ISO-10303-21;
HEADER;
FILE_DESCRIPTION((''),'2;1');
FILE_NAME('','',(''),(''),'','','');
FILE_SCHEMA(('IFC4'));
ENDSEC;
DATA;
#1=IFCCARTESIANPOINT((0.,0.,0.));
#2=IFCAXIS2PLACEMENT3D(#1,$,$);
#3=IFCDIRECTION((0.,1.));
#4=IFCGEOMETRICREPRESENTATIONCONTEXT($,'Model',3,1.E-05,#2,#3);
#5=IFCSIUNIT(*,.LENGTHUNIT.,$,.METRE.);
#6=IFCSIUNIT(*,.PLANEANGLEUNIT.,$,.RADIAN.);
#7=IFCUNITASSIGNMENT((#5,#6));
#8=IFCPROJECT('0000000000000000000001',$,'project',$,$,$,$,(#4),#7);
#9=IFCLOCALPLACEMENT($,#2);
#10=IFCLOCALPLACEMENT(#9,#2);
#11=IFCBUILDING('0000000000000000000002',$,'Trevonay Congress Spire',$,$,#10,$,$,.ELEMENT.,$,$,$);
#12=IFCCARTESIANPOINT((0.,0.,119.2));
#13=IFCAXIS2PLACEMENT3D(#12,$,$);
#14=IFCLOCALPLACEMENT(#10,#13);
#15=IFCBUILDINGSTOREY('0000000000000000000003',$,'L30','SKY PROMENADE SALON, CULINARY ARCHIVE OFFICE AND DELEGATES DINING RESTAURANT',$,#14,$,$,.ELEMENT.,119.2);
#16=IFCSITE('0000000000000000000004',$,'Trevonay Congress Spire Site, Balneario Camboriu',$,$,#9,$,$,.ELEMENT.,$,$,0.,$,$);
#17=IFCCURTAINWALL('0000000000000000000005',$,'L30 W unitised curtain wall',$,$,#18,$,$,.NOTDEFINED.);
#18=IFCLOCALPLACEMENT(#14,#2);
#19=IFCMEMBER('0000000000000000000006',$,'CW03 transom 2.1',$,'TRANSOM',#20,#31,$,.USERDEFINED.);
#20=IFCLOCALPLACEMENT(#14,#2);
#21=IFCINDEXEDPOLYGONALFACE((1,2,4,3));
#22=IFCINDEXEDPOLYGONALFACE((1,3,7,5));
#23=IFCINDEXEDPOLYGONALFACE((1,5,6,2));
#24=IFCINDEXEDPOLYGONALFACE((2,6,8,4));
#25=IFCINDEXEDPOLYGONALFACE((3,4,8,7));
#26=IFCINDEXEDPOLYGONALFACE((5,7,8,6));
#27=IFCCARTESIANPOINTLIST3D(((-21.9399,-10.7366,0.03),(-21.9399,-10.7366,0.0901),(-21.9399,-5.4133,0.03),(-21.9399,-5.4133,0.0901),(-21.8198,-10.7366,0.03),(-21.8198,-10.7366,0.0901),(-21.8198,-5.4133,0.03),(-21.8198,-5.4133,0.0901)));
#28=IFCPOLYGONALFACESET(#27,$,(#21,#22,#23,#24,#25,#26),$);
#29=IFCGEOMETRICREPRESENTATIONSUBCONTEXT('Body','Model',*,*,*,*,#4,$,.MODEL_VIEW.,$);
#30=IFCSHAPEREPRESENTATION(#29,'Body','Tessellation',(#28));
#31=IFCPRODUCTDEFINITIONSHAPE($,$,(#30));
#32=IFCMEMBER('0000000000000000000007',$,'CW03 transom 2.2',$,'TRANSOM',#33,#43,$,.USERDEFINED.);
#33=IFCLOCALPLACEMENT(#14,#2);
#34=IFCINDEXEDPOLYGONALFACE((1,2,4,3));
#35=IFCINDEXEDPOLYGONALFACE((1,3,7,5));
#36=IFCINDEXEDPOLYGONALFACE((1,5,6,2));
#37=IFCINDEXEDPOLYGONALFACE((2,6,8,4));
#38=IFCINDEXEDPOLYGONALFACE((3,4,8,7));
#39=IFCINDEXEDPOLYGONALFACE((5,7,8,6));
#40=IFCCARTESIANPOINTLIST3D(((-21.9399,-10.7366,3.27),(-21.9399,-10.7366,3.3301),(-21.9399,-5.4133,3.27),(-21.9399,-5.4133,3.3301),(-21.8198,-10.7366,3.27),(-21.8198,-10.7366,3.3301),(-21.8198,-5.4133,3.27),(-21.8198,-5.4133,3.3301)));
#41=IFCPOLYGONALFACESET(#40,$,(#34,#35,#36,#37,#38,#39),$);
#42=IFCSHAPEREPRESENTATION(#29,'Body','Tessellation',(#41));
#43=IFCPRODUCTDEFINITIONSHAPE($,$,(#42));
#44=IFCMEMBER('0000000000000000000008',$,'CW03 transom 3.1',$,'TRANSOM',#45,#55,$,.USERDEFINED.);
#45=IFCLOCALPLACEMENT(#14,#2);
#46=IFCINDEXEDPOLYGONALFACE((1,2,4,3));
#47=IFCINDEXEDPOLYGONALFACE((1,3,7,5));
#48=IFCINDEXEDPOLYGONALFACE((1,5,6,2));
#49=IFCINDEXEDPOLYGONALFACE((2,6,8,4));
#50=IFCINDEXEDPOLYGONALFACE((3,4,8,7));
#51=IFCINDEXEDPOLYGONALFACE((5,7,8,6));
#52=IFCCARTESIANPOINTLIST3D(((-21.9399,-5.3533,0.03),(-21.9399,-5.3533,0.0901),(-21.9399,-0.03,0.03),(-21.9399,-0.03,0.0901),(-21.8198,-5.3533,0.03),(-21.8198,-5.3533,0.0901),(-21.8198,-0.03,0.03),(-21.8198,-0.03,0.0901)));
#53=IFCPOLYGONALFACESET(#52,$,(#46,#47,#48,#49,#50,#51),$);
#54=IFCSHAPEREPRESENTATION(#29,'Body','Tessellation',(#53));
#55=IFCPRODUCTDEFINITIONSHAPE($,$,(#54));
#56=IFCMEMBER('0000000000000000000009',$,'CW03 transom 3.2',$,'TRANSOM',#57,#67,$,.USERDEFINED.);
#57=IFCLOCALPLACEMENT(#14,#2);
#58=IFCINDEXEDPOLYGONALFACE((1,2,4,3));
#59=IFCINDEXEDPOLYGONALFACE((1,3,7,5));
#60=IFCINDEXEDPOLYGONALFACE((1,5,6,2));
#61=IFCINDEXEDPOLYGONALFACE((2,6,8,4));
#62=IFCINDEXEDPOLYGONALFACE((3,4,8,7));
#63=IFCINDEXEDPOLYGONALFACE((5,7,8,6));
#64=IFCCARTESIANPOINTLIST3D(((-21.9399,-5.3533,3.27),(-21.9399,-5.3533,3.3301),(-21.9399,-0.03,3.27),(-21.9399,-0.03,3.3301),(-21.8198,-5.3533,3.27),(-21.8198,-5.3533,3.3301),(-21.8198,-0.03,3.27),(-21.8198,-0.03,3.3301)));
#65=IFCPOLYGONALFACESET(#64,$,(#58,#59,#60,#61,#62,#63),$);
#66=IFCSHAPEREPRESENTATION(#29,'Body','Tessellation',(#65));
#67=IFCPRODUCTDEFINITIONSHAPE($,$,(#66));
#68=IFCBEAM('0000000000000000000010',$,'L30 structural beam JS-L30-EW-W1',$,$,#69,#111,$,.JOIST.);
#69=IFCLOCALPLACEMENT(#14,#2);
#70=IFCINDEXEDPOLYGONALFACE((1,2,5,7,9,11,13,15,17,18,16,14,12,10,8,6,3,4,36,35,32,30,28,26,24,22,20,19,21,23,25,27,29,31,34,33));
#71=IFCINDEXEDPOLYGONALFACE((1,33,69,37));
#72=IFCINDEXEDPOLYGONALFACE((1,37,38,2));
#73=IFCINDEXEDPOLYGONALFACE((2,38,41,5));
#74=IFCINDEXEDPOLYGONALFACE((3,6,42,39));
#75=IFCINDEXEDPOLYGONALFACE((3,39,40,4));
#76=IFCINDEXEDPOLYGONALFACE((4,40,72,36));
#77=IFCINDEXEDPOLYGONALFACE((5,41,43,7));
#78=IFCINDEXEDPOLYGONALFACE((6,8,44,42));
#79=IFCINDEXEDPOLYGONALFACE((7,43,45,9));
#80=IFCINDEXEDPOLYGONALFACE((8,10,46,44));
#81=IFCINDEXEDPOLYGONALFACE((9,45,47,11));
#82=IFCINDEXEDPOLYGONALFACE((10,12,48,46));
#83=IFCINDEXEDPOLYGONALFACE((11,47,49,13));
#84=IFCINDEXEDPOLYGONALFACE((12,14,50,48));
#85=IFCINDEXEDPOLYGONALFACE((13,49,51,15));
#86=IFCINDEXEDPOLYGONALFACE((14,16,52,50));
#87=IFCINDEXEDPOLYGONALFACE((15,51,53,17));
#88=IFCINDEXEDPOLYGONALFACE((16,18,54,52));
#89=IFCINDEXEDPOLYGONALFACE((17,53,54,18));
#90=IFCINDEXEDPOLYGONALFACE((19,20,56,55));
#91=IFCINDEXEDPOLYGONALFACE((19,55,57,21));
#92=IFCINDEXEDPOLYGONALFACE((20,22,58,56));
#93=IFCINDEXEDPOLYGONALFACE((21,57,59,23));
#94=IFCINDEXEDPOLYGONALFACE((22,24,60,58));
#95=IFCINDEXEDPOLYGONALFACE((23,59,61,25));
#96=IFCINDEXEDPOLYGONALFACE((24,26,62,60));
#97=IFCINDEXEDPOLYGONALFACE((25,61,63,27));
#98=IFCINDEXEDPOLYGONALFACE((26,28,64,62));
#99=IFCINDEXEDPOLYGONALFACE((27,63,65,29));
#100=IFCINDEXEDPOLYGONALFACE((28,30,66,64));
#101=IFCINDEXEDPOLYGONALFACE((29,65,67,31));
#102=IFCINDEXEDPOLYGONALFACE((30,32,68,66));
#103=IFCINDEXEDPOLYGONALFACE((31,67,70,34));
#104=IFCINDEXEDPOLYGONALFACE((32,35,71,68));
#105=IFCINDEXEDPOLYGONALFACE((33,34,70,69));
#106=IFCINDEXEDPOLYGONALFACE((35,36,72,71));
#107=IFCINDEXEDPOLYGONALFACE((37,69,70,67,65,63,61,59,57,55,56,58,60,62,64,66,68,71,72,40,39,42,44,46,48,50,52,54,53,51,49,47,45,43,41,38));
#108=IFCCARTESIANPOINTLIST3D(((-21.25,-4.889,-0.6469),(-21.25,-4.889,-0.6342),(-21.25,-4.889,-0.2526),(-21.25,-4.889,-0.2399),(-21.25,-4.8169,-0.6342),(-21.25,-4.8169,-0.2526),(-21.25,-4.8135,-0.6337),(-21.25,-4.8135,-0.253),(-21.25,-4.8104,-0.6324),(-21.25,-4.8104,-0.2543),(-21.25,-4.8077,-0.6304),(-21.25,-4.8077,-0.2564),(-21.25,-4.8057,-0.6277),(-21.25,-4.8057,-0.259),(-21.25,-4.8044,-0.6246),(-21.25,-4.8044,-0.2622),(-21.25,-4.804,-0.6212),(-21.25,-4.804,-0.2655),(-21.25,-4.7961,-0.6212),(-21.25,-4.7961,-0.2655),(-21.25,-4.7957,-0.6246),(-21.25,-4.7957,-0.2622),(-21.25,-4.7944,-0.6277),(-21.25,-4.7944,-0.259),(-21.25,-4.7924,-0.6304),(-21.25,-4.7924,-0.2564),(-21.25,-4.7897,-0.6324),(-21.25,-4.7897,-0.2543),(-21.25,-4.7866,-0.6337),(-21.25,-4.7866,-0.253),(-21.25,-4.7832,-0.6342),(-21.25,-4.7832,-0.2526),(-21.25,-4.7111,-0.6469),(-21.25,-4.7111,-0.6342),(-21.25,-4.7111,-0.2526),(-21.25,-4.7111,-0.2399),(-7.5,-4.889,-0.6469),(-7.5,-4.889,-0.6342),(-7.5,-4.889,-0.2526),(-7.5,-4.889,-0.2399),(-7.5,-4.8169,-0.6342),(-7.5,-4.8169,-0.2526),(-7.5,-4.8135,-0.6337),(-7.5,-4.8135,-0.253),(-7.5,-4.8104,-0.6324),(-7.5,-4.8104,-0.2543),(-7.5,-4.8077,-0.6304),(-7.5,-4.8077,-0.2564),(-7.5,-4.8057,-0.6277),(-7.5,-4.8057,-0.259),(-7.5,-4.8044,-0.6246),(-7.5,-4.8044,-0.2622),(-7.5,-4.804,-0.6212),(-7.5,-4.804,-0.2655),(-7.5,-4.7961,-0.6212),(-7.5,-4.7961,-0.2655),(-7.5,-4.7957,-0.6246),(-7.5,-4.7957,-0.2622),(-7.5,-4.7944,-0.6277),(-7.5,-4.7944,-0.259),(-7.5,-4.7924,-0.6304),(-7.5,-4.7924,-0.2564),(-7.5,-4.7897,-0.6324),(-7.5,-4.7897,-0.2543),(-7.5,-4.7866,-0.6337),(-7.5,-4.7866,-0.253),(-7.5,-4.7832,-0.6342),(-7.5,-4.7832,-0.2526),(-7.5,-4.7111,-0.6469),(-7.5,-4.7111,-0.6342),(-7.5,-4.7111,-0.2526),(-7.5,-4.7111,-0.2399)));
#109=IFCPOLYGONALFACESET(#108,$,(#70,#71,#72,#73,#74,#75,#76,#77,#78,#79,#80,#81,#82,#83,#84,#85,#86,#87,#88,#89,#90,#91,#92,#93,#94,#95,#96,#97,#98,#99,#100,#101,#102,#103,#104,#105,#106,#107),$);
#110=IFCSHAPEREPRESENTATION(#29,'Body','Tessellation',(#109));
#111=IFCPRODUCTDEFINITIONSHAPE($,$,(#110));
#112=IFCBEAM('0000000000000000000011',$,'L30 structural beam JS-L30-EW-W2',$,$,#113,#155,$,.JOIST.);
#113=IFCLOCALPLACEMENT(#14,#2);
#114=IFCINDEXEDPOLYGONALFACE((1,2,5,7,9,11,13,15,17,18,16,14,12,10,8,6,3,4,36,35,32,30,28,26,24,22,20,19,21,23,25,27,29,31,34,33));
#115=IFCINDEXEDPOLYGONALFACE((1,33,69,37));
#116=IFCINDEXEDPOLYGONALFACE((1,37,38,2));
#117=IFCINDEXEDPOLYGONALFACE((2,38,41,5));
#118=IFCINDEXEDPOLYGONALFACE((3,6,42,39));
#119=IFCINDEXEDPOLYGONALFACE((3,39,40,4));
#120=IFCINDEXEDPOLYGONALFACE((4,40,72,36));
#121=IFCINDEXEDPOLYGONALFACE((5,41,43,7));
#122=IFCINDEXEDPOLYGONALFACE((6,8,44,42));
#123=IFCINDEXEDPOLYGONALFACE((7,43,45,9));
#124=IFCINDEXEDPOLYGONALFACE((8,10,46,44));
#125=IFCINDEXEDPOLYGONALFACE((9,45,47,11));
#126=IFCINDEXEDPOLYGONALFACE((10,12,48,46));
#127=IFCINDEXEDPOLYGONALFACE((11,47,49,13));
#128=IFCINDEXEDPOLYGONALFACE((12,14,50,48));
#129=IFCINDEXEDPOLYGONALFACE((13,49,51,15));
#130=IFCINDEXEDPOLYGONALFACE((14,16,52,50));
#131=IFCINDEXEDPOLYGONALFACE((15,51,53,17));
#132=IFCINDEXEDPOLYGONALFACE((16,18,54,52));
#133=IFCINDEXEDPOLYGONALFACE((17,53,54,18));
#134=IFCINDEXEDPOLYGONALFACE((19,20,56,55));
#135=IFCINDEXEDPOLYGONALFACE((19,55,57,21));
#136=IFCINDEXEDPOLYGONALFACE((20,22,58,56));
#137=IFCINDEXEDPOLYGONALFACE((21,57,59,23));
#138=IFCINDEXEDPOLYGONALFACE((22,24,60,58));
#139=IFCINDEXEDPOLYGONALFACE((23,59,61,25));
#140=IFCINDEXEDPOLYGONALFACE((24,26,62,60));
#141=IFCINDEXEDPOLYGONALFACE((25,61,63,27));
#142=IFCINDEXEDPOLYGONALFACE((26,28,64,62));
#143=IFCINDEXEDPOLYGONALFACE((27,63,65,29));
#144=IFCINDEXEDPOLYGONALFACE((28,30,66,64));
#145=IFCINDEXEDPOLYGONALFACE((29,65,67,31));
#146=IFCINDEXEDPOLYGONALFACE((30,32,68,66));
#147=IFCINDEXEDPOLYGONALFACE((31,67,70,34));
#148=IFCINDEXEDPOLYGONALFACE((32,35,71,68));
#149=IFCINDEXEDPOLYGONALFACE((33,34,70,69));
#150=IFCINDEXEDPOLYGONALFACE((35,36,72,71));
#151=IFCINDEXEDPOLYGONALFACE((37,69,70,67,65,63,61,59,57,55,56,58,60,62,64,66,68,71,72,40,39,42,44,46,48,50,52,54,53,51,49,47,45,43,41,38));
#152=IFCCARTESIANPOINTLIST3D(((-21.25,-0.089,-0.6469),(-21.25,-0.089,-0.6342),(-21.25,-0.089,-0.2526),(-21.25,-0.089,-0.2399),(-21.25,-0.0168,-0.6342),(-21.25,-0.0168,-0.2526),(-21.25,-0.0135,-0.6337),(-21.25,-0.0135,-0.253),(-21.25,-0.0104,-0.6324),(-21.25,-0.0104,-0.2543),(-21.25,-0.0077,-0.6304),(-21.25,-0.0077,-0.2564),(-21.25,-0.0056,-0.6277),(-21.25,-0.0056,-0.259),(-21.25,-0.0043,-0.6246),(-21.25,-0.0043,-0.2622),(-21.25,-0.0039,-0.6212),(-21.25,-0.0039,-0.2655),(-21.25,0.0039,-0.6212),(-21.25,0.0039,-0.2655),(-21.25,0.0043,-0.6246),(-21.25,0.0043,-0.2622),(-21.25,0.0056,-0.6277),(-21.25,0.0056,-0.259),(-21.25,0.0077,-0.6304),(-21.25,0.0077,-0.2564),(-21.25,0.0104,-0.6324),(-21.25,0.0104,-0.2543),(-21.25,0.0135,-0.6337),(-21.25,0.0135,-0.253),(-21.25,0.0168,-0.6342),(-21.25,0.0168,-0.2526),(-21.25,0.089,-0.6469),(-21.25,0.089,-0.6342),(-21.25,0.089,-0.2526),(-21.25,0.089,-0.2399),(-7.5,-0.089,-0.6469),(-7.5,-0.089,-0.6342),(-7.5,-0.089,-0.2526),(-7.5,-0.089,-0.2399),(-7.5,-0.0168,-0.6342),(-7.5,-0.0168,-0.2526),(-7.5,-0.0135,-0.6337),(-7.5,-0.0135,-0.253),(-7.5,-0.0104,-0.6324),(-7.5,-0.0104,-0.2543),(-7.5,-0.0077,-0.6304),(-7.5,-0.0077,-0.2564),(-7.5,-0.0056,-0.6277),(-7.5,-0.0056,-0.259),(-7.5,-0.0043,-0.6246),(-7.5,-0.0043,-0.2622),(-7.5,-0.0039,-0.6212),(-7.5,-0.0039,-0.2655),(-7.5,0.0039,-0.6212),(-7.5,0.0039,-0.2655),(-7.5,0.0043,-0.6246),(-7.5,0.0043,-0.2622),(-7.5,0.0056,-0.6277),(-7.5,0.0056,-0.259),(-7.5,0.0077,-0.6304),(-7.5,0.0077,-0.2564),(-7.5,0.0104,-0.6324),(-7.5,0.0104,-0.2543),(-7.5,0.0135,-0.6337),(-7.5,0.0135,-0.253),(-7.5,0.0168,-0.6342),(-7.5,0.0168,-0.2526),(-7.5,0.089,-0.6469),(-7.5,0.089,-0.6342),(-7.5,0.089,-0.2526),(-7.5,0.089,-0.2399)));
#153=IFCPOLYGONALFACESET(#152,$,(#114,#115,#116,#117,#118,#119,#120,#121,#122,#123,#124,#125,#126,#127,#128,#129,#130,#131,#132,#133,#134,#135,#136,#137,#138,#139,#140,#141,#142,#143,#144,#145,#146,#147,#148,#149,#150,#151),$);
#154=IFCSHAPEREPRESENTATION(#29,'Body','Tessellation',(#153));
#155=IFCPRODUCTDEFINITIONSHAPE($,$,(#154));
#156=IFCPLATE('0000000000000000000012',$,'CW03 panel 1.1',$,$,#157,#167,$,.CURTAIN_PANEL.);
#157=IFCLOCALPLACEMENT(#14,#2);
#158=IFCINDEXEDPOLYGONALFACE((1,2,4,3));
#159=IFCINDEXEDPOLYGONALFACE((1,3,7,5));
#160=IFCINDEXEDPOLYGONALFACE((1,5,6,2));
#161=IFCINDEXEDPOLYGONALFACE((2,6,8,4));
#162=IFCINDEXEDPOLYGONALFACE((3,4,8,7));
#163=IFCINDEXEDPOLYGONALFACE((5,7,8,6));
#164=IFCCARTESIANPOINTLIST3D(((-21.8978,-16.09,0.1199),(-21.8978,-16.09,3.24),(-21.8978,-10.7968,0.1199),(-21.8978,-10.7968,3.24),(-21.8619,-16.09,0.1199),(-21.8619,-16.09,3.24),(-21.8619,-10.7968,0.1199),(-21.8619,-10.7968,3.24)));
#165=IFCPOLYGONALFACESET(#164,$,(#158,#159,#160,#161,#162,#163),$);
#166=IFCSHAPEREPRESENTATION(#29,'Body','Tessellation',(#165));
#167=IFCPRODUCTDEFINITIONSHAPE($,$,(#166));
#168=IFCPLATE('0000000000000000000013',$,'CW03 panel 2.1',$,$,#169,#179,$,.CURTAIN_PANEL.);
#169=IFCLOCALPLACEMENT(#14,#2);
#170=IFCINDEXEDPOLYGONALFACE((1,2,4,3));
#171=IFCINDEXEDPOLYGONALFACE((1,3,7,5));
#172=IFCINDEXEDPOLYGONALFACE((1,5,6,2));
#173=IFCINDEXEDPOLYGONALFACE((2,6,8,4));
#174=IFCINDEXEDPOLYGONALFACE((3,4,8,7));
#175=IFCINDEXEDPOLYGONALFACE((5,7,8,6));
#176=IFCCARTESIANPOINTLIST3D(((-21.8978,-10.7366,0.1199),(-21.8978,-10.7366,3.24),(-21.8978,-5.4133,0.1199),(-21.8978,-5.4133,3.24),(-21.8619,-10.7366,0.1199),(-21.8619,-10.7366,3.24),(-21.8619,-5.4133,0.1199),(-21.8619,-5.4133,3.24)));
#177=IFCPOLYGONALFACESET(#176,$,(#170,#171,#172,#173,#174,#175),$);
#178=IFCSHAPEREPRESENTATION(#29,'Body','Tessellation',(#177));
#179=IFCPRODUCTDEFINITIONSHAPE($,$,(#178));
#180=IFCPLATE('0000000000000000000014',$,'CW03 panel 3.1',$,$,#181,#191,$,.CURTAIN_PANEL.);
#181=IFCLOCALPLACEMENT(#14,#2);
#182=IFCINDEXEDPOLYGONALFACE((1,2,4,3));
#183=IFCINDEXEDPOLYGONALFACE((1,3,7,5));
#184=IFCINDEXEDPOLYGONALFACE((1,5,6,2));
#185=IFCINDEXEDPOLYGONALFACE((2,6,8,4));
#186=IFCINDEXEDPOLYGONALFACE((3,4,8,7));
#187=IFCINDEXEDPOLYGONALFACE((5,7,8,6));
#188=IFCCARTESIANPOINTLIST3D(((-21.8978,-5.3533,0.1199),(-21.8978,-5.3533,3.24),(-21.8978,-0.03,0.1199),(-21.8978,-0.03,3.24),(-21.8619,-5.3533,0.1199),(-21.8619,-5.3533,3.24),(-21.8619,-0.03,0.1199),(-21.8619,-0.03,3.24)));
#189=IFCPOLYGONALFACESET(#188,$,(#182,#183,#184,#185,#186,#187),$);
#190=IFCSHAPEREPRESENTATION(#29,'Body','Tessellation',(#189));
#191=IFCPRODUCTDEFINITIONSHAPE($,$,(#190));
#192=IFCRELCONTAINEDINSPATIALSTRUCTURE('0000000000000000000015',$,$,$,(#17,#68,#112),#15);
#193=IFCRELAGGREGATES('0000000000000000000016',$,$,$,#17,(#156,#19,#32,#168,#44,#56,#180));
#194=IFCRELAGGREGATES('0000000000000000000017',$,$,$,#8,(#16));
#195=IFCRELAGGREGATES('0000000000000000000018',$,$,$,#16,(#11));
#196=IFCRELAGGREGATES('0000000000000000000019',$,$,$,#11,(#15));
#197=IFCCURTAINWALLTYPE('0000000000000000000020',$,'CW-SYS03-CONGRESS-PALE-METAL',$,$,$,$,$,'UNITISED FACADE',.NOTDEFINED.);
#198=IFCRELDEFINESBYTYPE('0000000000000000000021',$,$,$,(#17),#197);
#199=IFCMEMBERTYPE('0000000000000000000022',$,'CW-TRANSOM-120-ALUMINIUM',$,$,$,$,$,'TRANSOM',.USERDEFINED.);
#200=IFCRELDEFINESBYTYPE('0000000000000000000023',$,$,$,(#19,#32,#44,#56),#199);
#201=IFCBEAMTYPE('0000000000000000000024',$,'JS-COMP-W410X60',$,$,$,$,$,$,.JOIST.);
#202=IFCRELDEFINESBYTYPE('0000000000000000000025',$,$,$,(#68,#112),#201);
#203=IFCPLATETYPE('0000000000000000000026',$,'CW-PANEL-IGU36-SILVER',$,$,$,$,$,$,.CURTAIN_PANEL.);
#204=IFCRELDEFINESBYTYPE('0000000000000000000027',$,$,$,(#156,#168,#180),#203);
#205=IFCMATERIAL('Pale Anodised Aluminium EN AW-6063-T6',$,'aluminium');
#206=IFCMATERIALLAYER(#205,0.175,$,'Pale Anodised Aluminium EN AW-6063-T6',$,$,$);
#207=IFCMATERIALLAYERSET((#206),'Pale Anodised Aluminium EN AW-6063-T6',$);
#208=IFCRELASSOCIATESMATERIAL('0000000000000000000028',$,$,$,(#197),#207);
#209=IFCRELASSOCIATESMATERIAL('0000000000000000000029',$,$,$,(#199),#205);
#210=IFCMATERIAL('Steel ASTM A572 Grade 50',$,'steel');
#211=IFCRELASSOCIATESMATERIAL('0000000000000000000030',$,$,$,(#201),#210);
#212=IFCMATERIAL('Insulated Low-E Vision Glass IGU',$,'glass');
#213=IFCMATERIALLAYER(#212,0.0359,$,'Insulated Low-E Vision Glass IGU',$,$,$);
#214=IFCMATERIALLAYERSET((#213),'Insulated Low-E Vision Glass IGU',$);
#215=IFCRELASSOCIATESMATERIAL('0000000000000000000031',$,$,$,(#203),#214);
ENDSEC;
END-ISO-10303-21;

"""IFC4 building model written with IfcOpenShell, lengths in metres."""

from ifc_helpers import new_model, si_unit, direction, frame, origin, origin_2d, place, context, subcontext, project, spatial, rectangle, i_section, extrude, material, layer, layer_set, material_profile, profile_set, type_object, element, aggregate, save


model = new_model("IFC4")

# Units and contexts
model_context = context("Model", 3, precision=1e-05, world=origin(), true_north=direction((0.0, 1.0)))
body_context = subcontext(model_context, "Body", "Model", "MODEL_VIEW")
ifc_project = project(units=[si_unit("LENGTHUNIT", "METRE"), si_unit("PLANEANGLEUNIT", "RADIAN")], contexts=[model_context])

# Site, building, storey
site_placement = place(None, origin())
site = spatial("IfcSite", under=ifc_project, at=site_placement, Name="Trevonay Congress Spire Site, Balneario Camboriu", CompositionType="ELEMENT", RefElevation=0.0)
building_placement = place(site_placement, origin())
building = spatial("IfcBuilding", under=site, at=building_placement, Name="Trevonay Congress Spire", CompositionType="ELEMENT")
storey_placement = place(building_placement, frame((0.0, 0.0, 119.2)))
storey = spatial("IfcBuildingStorey", under=building, at=storey_placement, Name="L30", Description="SKY PROMENADE SALON, CULINARY ARCHIVE OFFICE AND DELEGATES DINING RESTAURANT", CompositionType="ELEMENT", Elevation=119.2)

# Shared definitions
ifc_material_1 = material(Name="Steel ASTM A572 Grade 50", Category="steel")

# Curtain wall, members
ifc_material_2 = material(Name="Pale Anodised Aluminium EN AW-6063-T6", Category="aluminium")
ifc_layer_1 = layer(ifc_material_2, 0.175, Name="Pale Anodised Aluminium EN AW-6063-T6")
ifc_layer_set_1 = layer_set([ifc_layer_1], Name="Pale Anodised Aluminium EN AW-6063-T6")
curtain_wall_type = type_object("IfcCurtainWallType", Name="CW-SYS03-CONGRESS-PALE-METAL", ElementType="UNITISED FACADE", PredefinedType="NOTDEFINED", material=ifc_layer_set_1)
curtain_wall_placement = place(storey_placement, origin())
curtain_wall = element("IfcCurtainWall", 1, at=curtain_wall_placement, inside=storey, type_object=curtain_wall_type, Name="L30 W unitised curtain wall", PredefinedType="NOTDEFINED")
ifc_material_profile_1 = material_profile(ifc_material_2, rectangle(XDim=0.1201, YDim=0.0601, at=origin_2d()), Name="CW-TRANSOM-120-ALUMINIUM")
ifc_profile_set_1 = profile_set([ifc_material_profile_1], Name="Pale Anodised Aluminium EN AW-6063-T6")
member_type_1 = type_object("IfcMemberType", Name="CW-TRANSOM-120-ALUMINIUM", ElementType="TRANSOM", PredefinedType="USERDEFINED", material=ifc_profile_set_1)
member_1_placement = place(storey_placement, frame((-21.8799, -10.7366, 0.0601), z_axis=(0.0, 1.0, 0.0), x_axis=(-1.0, 0.0, 0.0)))
member_1 = element("IfcMember", 2, at=member_1_placement, type_object=member_type_1, Name="CW03 transom 2.1", ObjectType="TRANSOM", PredefinedType="USERDEFINED", context=body_context, shape_type="SweptSolid", body=[
    extrude(rectangle(XDim=0.1201, YDim=0.0601, at=origin_2d()), origin(), (0.0, 0.0, 1.0), 5.3232),
])
member_2_placement = place(storey_placement, frame((-21.8799, -10.7366, 3.3), z_axis=(0.0, 1.0, 0.0), x_axis=(-1.0, 0.0, 0.0)))
member_2 = element("IfcMember", 3, at=member_2_placement, type_object=member_type_1, Name="CW03 transom 2.2", ObjectType="TRANSOM", PredefinedType="USERDEFINED", context=body_context, shape_type="SweptSolid", body=[
    extrude(rectangle(XDim=0.1201, YDim=0.0601, at=origin_2d()), origin(), (0.0, 0.0, 1.0), 5.3232),
])
member_3_placement = place(storey_placement, frame((-21.8799, -5.3533, 0.0601), z_axis=(0.0, 1.0, 0.0), x_axis=(-1.0, 0.0, 0.0)))
member_3 = element("IfcMember", 4, at=member_3_placement, type_object=member_type_1, Name="CW03 transom 3.1", ObjectType="TRANSOM", PredefinedType="USERDEFINED", context=body_context, shape_type="SweptSolid", body=[
    extrude(rectangle(XDim=0.1201, YDim=0.0601, at=origin_2d()), origin(), (0.0, 0.0, 1.0), 5.3232),
])
member_4_placement = place(storey_placement, frame((-21.8799, -5.3533, 3.3), z_axis=(0.0, 1.0, 0.0), x_axis=(-1.0, 0.0, 0.0)))
member_4 = element("IfcMember", 5, at=member_4_placement, type_object=member_type_1, Name="CW03 transom 3.2", ObjectType="TRANSOM", PredefinedType="USERDEFINED", context=body_context, shape_type="SweptSolid", body=[
    extrude(rectangle(XDim=0.1201, YDim=0.0601, at=origin_2d()), origin(), (0.0, 0.0, 1.0), 5.3232),
])

# Beams
ifc_material_profile_2 = material_profile(ifc_material_1, i_section(OverallWidth=0.178, OverallDepth=0.407, WebThickness=0.0078, FlangeThickness=0.0127, FilletRadius=0.0129, at=origin_2d()), Name="W410x60")
ifc_profile_set_2 = profile_set([ifc_material_profile_2], Name="Steel ASTM A572 Grade 50")
beam_type_1 = type_object("IfcBeamType", Name="JS-COMP-W410X60", PredefinedType="JOIST", material=ifc_profile_set_2)
for number, where, z_axis, x_axis, name in (
    (6, (-21.25, -4.8, -0.4434), (1.0, 0.0, 0.0), (0.0, 1.0, 0.0), "L30 structural beam JS-L30-EW-W1"),
    (7, (-21.25, 0.0, -0.4434), (1.0, 0.0, 0.0), (0.0, 1.0, 0.0), "L30 structural beam JS-L30-EW-W2"),
):
    element("IfcBeam", number, at=place(storey_placement, frame(where, z_axis=z_axis, x_axis=x_axis)), inside=storey, type_object=beam_type_1, Name=name, PredefinedType="JOIST", context=body_context, shape_type="SweptSolid", body=[
        extrude(i_section(OverallWidth=0.178, OverallDepth=0.407, WebThickness=0.0078, FlangeThickness=0.0127, FilletRadius=0.0129, at=origin_2d()), origin(), (0.0, 0.0, 1.0), 13.75),
    ])

# Plates
ifc_material_3 = material(Name="Insulated Low-E Vision Glass IGU", Category="glass")
ifc_layer_2 = layer(ifc_material_3, 0.0359, Name="Insulated Low-E Vision Glass IGU")
ifc_layer_set_2 = layer_set([ifc_layer_2], Name="Insulated Low-E Vision Glass IGU")
plate_type = type_object("IfcPlateType", Name="CW-PANEL-IGU36-SILVER", PredefinedType="CURTAIN_PANEL", material=ifc_layer_set_2)
plate_1_placement = place(storey_placement, frame((-21.8799, -13.4434, 0.1199), z_axis=(0.0, 0.0, 1.0), x_axis=(0.0, 1.0, 0.0)))
plate_1 = element("IfcPlate", 8, at=plate_1_placement, type_object=plate_type, Name="CW03 panel 1.1", PredefinedType="CURTAIN_PANEL", context=body_context, shape_type="SweptSolid", body=[
    extrude(rectangle(XDim=5.2932, YDim=0.0359, at=origin_2d()), origin(), (0.0, 0.0, 1.0), 3.1201),
])
plate_2_placement = place(storey_placement, frame((-21.8799, -8.075, 0.1199), z_axis=(0.0, 0.0, 1.0), x_axis=(0.0, 1.0, 0.0)))
plate_2 = element("IfcPlate", 9, at=plate_2_placement, type_object=plate_type, Name="CW03 panel 2.1", PredefinedType="CURTAIN_PANEL", context=body_context, shape_type="SweptSolid", body=[
    extrude(rectangle(XDim=5.3232, YDim=0.0359, at=origin_2d()), origin(), (0.0, 0.0, 1.0), 3.1201),
])
plate_3_placement = place(storey_placement, frame((-21.8799, -2.6917, 0.1199), z_axis=(0.0, 0.0, 1.0), x_axis=(0.0, 1.0, 0.0)))
plate_3 = element("IfcPlate", 10, at=plate_3_placement, type_object=plate_type, Name="CW03 panel 3.1", PredefinedType="CURTAIN_PANEL", context=body_context, shape_type="SweptSolid", body=[
    extrude(rectangle(XDim=5.3232, YDim=0.0359, at=origin_2d()), origin(), (0.0, 0.0, 1.0), 3.1201),
])
aggregate(curtain_wall, [plate_1, member_1, member_2, plate_2, member_3, member_4, plate_3])

save(model, "model.ifc")
